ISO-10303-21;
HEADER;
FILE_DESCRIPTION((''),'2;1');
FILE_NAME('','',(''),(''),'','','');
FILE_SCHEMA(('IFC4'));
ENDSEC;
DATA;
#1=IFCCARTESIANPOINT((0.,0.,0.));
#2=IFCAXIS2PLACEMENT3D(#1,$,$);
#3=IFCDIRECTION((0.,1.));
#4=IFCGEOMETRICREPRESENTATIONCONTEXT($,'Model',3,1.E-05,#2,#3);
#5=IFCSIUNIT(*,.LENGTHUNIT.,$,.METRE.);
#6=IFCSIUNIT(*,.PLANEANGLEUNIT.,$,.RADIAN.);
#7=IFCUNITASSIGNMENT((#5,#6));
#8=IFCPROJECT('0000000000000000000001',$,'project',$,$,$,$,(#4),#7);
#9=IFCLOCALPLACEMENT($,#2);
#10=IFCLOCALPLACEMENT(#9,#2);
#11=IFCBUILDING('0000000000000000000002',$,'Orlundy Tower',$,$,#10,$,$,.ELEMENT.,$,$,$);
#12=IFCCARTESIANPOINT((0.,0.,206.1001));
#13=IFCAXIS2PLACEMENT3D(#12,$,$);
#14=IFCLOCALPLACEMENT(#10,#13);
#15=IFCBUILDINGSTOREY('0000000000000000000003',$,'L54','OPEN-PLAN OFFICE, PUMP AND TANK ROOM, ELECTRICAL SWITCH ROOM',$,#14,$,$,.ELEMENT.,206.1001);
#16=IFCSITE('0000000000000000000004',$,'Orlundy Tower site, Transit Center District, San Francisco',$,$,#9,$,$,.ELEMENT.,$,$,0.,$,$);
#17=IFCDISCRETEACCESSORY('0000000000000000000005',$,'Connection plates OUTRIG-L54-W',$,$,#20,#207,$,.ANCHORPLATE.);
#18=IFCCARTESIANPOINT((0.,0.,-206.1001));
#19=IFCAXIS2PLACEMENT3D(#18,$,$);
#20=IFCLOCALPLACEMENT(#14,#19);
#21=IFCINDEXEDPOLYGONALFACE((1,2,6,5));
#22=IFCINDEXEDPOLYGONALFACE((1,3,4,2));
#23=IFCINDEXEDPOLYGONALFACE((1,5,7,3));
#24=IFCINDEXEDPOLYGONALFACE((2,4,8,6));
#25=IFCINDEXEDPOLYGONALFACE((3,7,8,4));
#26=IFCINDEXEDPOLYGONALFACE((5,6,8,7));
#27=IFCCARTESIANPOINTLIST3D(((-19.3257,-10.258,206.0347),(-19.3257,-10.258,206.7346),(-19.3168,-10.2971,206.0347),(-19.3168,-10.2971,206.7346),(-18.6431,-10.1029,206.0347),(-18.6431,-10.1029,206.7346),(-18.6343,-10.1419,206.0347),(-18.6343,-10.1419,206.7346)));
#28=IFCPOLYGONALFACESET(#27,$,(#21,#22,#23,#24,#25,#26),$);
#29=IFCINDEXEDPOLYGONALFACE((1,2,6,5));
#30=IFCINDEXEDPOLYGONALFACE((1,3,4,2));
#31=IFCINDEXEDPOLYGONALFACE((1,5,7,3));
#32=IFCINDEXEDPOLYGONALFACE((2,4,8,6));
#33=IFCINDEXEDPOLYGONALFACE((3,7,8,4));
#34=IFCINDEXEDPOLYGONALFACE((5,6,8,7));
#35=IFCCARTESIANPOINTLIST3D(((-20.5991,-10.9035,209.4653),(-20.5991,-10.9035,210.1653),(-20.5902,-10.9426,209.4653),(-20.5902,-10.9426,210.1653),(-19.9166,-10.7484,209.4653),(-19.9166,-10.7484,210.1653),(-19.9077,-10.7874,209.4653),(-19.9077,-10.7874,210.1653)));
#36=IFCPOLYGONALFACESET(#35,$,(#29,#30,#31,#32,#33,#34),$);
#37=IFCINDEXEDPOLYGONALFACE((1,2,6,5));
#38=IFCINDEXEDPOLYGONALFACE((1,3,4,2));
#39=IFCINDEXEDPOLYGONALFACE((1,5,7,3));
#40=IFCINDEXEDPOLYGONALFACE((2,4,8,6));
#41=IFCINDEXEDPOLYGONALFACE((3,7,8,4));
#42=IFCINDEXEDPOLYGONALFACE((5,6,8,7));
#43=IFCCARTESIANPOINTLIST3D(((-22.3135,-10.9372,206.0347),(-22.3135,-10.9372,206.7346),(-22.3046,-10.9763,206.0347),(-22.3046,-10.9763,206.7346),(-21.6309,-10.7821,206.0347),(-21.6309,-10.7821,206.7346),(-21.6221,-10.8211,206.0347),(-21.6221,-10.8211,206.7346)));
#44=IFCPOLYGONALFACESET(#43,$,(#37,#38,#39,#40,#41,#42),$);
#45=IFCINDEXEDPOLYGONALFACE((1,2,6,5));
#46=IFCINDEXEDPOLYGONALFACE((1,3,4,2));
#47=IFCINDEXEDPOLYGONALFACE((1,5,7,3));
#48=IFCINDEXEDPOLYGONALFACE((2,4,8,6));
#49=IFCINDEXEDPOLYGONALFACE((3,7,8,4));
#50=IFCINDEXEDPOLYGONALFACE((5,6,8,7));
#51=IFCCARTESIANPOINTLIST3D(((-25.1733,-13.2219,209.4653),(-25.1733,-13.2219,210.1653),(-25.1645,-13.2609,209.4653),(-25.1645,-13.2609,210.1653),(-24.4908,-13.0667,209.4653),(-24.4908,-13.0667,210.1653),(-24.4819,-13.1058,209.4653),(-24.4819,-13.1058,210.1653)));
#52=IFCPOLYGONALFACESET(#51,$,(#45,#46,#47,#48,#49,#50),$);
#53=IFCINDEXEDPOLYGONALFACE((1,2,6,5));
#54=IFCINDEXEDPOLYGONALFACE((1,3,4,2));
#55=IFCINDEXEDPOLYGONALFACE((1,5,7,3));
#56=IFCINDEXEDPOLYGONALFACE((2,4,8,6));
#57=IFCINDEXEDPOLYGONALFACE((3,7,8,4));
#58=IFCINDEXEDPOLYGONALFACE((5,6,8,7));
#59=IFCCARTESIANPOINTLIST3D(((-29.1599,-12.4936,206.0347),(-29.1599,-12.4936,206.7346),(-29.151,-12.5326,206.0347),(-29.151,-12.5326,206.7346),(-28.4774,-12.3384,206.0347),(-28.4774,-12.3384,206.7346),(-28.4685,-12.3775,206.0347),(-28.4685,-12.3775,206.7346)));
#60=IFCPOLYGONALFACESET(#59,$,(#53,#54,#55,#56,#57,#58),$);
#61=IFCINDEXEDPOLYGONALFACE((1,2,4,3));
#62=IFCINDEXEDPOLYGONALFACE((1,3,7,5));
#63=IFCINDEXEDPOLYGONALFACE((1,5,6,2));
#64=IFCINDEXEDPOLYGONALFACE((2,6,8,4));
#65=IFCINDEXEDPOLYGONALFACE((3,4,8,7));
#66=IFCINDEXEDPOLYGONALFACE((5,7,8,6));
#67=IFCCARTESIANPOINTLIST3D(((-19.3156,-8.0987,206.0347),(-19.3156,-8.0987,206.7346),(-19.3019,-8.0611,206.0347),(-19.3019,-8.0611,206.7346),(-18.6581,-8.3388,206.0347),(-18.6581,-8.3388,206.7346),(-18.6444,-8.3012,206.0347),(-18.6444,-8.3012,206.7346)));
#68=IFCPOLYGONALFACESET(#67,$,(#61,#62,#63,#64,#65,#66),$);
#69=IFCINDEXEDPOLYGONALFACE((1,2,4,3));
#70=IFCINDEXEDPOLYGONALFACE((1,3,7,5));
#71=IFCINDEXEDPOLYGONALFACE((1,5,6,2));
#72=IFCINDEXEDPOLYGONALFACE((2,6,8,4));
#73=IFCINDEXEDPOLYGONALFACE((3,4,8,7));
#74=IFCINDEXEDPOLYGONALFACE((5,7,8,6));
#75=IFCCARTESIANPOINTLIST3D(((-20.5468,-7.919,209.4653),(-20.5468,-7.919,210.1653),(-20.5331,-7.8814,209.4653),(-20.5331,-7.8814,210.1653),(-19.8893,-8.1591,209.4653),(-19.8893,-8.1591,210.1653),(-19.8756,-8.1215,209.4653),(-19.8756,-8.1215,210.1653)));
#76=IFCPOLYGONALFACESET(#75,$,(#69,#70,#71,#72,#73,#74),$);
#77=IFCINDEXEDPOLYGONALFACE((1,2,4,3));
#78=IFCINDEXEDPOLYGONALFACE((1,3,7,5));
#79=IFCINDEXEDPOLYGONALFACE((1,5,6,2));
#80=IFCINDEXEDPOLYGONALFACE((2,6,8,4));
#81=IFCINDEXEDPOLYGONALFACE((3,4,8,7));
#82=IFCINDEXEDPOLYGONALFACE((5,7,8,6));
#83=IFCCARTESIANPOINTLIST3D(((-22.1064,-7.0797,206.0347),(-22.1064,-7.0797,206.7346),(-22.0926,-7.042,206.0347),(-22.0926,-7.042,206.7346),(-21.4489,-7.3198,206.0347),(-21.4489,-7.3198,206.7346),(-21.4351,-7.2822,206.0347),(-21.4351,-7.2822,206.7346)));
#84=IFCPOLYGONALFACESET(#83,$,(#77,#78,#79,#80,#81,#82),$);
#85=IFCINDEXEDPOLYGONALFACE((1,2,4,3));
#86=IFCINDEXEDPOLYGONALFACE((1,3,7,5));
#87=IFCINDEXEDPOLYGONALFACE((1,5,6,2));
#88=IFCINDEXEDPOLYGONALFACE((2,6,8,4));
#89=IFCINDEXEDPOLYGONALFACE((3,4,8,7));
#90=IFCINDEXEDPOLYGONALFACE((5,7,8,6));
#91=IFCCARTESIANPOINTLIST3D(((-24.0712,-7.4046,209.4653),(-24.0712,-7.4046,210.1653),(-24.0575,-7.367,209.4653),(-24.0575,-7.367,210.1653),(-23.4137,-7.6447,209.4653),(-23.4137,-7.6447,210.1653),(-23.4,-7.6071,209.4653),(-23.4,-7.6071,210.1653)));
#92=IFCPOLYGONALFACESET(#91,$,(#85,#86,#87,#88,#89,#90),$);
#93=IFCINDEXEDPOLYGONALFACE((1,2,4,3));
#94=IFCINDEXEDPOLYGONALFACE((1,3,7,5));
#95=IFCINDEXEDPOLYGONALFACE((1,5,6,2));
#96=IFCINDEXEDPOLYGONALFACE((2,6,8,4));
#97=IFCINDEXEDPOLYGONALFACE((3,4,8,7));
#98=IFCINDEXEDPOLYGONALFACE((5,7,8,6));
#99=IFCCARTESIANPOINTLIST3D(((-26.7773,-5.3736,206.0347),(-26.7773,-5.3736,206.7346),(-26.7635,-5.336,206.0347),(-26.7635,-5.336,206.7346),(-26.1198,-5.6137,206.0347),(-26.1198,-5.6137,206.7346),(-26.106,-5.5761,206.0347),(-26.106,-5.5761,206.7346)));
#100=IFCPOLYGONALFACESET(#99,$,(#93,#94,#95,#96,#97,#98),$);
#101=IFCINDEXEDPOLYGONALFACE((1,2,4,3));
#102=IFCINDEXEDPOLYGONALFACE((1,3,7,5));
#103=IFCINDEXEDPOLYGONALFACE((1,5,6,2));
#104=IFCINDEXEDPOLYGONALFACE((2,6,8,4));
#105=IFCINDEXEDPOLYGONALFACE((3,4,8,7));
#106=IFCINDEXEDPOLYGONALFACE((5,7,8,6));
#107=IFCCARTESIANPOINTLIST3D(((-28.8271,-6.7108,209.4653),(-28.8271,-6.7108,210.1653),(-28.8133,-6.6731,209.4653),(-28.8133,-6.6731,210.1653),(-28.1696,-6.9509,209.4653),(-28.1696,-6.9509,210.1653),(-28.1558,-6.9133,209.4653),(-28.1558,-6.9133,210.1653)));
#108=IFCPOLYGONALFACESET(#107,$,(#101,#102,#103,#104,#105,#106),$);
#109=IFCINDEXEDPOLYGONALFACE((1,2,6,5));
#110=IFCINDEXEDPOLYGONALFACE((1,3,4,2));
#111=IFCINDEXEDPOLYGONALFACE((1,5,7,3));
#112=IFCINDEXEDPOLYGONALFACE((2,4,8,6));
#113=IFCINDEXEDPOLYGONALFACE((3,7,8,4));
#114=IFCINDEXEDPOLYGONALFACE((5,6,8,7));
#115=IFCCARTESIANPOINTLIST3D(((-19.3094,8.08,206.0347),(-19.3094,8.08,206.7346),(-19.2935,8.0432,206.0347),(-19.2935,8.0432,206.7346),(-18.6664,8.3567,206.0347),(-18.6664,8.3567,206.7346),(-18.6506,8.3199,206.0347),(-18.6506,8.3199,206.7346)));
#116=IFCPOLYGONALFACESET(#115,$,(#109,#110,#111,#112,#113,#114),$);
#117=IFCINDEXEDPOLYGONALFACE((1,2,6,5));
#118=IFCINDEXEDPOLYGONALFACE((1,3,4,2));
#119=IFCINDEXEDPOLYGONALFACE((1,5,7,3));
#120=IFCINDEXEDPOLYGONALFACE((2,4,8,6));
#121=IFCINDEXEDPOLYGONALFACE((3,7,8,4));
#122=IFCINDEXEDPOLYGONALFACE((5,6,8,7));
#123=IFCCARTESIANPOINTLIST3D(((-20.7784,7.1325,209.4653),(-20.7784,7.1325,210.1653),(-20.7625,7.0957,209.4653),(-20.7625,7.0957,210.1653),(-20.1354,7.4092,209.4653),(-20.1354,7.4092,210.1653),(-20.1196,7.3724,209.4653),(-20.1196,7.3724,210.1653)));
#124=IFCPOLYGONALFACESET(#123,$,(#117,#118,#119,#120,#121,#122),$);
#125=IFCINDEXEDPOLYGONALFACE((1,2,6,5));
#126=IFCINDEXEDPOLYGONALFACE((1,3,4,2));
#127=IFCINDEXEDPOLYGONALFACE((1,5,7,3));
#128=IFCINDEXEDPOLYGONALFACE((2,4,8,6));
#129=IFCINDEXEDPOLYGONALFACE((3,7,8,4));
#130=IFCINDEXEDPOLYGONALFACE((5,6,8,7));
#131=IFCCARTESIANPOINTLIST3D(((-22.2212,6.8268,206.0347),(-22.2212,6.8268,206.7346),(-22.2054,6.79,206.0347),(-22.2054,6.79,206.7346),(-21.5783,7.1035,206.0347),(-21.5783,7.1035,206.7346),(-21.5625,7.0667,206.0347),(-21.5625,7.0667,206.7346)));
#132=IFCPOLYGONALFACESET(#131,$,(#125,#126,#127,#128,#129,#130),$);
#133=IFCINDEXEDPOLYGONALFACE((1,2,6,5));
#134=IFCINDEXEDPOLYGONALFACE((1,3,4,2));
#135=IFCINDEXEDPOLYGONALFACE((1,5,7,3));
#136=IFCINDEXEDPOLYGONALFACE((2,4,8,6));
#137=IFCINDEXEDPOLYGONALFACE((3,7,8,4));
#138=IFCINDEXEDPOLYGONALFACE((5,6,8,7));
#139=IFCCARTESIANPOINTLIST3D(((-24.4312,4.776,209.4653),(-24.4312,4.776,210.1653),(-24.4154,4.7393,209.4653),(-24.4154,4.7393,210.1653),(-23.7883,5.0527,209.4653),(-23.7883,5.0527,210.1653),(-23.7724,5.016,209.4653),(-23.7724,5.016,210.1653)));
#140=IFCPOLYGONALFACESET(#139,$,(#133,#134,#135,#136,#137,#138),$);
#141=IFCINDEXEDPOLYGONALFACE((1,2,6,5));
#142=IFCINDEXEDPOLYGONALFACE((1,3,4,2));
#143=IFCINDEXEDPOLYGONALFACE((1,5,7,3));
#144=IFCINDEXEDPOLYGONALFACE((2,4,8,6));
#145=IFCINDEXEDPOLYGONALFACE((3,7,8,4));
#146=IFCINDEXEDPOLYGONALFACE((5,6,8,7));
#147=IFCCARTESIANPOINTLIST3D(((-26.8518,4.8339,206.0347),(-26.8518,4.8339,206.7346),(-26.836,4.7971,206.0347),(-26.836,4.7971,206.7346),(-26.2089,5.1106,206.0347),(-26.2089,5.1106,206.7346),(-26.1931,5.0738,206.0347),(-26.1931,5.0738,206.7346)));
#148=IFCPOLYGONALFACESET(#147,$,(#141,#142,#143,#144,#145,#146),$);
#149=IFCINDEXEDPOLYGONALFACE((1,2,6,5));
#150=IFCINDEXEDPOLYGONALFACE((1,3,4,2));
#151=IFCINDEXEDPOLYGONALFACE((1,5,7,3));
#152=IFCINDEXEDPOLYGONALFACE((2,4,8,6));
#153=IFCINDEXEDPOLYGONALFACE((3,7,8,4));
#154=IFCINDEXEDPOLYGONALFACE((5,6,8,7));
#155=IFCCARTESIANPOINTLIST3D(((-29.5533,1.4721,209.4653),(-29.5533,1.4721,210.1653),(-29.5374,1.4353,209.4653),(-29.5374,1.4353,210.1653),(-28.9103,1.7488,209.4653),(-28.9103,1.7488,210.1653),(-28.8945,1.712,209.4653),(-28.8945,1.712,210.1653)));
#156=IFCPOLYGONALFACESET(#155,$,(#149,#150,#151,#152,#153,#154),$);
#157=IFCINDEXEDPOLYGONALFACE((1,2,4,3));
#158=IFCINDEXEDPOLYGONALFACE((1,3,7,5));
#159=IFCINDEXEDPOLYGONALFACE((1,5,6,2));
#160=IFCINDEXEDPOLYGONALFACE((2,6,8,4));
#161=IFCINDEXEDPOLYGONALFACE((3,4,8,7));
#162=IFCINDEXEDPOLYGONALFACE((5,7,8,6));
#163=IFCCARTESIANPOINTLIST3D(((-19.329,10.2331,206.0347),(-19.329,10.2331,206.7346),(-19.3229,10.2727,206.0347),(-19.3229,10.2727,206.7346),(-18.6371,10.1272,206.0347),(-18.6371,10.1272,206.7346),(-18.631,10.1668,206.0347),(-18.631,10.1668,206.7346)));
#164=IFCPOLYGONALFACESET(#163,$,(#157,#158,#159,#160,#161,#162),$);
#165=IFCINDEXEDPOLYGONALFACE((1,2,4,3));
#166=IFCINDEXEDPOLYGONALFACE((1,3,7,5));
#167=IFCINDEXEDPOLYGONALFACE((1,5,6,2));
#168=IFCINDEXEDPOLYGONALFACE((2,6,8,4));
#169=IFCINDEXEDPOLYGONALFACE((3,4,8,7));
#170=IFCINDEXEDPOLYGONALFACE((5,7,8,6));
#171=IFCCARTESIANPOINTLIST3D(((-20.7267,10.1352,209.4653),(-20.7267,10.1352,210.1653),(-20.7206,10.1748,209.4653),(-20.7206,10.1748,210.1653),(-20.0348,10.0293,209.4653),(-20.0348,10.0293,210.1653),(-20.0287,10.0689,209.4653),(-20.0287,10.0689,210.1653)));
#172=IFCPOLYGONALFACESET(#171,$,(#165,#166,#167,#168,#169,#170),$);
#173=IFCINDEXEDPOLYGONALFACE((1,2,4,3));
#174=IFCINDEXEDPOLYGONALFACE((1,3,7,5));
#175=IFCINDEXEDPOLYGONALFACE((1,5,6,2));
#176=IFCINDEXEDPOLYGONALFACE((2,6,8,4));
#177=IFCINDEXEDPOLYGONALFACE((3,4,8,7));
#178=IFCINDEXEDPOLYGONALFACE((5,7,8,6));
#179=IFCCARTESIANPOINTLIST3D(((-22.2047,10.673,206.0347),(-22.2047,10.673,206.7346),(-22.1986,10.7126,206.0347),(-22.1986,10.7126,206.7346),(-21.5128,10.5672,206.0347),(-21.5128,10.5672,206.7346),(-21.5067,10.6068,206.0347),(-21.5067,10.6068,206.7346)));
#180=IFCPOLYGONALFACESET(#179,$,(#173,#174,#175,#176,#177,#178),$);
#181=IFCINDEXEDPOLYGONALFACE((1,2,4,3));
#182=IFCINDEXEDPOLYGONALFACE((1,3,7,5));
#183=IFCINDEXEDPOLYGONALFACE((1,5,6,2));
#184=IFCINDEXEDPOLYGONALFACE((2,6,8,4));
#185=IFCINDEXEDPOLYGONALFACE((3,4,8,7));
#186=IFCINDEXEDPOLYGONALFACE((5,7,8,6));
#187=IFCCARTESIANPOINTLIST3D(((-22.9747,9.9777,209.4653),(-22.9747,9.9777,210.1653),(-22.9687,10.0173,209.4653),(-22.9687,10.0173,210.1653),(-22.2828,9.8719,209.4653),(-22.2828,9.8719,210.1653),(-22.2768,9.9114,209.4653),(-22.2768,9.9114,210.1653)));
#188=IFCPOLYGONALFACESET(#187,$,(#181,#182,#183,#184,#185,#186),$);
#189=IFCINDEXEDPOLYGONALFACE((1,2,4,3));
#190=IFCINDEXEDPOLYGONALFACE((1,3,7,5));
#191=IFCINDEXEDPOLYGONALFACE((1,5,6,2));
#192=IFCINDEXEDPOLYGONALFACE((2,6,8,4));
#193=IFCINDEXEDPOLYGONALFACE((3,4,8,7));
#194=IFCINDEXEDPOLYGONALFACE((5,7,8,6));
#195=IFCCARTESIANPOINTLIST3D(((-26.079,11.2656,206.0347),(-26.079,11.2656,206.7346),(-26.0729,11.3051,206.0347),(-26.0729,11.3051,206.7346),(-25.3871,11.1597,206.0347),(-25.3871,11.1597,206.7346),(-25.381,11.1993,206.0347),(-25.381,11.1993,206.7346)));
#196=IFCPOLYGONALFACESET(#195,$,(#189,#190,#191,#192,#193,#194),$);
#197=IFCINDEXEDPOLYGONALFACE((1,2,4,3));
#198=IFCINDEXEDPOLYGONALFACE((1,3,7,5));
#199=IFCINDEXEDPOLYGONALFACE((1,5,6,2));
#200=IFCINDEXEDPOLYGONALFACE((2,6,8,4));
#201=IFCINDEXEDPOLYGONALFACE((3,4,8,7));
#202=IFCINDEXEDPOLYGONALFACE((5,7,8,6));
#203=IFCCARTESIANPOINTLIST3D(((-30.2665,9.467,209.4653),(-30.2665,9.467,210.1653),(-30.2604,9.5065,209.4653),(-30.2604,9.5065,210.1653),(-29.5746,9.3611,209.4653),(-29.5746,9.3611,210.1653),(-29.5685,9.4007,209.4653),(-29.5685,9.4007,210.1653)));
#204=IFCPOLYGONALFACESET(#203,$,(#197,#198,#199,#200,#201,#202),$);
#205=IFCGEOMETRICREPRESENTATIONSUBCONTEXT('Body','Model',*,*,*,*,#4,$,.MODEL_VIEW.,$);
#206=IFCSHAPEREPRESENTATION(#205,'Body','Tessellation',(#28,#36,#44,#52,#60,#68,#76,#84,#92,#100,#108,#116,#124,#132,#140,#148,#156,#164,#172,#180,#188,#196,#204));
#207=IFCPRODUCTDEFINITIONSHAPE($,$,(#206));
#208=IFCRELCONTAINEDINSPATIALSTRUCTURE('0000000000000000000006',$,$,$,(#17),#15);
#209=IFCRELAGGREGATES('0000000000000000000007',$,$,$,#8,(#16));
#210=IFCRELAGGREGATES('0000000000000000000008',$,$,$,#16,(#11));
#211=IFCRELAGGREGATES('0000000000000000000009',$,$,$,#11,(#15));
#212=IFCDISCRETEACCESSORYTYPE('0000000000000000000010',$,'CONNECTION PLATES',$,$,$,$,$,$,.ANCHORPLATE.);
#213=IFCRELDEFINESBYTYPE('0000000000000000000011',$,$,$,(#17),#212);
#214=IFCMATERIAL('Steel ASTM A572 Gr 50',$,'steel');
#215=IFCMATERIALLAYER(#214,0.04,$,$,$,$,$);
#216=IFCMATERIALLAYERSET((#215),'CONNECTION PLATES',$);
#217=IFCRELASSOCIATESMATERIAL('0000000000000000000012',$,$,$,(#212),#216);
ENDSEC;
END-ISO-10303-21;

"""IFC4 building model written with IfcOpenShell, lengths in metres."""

from ifc_helpers import new_model, si_unit, direction, frame, origin, origin_2d, place, context, subcontext, project, spatial, rectangle, extrude, material, layer, layer_set, type_object, element, save


model = new_model("IFC4")

# Units and contexts
model_context = context("Model", 3, precision=1e-05, world=origin(), true_north=direction((0.0, 1.0)))
body_context = subcontext(model_context, "Body", "Model", "MODEL_VIEW")
ifc_project = project(units=[si_unit("LENGTHUNIT", "METRE"), si_unit("PLANEANGLEUNIT", "RADIAN")], contexts=[model_context])

# Site, building, storey
site_placement = place(None, origin())
site = spatial("IfcSite", under=ifc_project, at=site_placement, Name="Orlundy Tower site, Transit Center District, San Francisco", CompositionType="ELEMENT", RefElevation=0.0)
building_placement = place(site_placement, origin())
building = spatial("IfcBuilding", under=site, at=building_placement, Name="Orlundy Tower", CompositionType="ELEMENT")
storey_placement = place(building_placement, frame((0.0, 0.0, 206.1001)))
storey = spatial("IfcBuildingStorey", under=building, at=storey_placement, Name="L54", Description="OPEN-PLAN OFFICE, PUMP AND TANK ROOM, ELECTRICAL SWITCH ROOM", CompositionType="ELEMENT", Elevation=206.1001)

# Discrete accessory
ifc_material_1 = material(Name="Steel ASTM A572 Gr 50", Category="steel")
ifc_layer_1 = layer(ifc_material_1, 0.04)
ifc_layer_set_1 = layer_set([ifc_layer_1], Name="CONNECTION PLATES")
discrete_accessory_type = type_object("IfcDiscreteAccessoryType", Name="CONNECTION PLATES", PredefinedType="ANCHORPLATE", material=ifc_layer_set_1)
discrete_accessory_1_placement = place(storey_placement, frame((0.0, 0.0, -206.1001)))
element("IfcDiscreteAccessory", 1, at=discrete_accessory_1_placement, inside=storey, type_object=discrete_accessory_type, Name="Connection plates OUTRIG-L54-W", PredefinedType="ANCHORPLATE", context=body_context, shape_type="SweptSolid", body=[
    extrude(rectangle(XDim=0.7, YDim=0.04, at=origin_2d()), frame((-18.98, -10.2, 206.0347), z_axis=(0.0, 0.0, 1.0), x_axis=(-0.975122, -0.221668, 0.0)), (0.0, 0.0, 1.0), 0.7),
    extrude(rectangle(XDim=0.7, YDim=0.04, at=origin_2d()), frame((-20.2534, -10.8455, 209.4653), z_axis=(0.0, 0.0, 1.0), x_axis=(-0.975122, -0.221668, 0.0)), (0.0, 0.0, 1.0), 0.7),
    extrude(rectangle(XDim=0.7, YDim=0.04, at=origin_2d()), frame((-21.9678, -10.8792, 206.0347), z_axis=(0.0, 0.0, 1.0), x_axis=(-0.975122, -0.221668, 0.0)), (0.0, 0.0, 1.0), 0.7),
    extrude(rectangle(XDim=0.7, YDim=0.04, at=origin_2d()), frame((-24.8276, -13.1638, 209.4653), z_axis=(0.0, 0.0, 1.0), x_axis=(-0.975122, -0.221668, 0.0)), (0.0, 0.0, 1.0), 0.7),
    extrude(rectangle(XDim=0.7, YDim=0.04, at=origin_2d()), frame((-28.8142, -12.4355, 206.0347), z_axis=(0.0, 0.0, 1.0), x_axis=(-0.975122, -0.221668, 0.0)), (0.0, 0.0, 1.0), 0.7),
    extrude(rectangle(XDim=0.7, YDim=0.04, at=origin_2d()), frame((-18.98, -8.2, 206.0347), z_axis=(0.0, 0.0, 1.0), x_axis=(-0.939316, 0.343053, 0.0)), (0.0, 0.0, 1.0), 0.7),
    extrude(rectangle(XDim=0.7, YDim=0.04, at=origin_2d()), frame((-20.2112, -8.0203, 209.4653), z_axis=(0.0, 0.0, 1.0), x_axis=(-0.939316, 0.343053, 0.0)), (0.0, 0.0, 1.0), 0.7),
    extrude(rectangle(XDim=0.7, YDim=0.04, at=origin_2d()), frame((-21.7708, -7.1809, 206.0347), z_axis=(0.0, 0.0, 1.0), x_axis=(-0.939316, 0.343053, 0.0)), (0.0, 0.0, 1.0), 0.7),
    extrude(rectangle(XDim=0.7, YDim=0.04, at=origin_2d()), frame((-23.7356, -7.5059, 209.4653), z_axis=(0.0, 0.0, 1.0), x_axis=(-0.939316, 0.343053, 0.0)), (0.0, 0.0, 1.0), 0.7),
    extrude(rectangle(XDim=0.7, YDim=0.04, at=origin_2d()), frame((-26.4417, -5.4749, 206.0347), z_axis=(0.0, 0.0, 1.0), x_axis=(-0.939316, 0.343053, 0.0)), (0.0, 0.0, 1.0), 0.7),
    extrude(rectangle(XDim=0.7, YDim=0.04, at=origin_2d()), frame((-28.4915, -6.812, 209.4653), z_axis=(0.0, 0.0, 1.0), x_axis=(-0.939316, 0.343053, 0.0)), (0.0, 0.0, 1.0), 0.7),
    extrude(rectangle(XDim=0.7, YDim=0.04, at=origin_2d()), frame((-18.98, 8.2, 206.0347), z_axis=(0.0, 0.0, 1.0), x_axis=(-0.918543, -0.395321, 0.0)), (0.0, 0.0, 1.0), 0.7),
    extrude(rectangle(XDim=0.7, YDim=0.04, at=origin_2d()), frame((-20.449, 7.2524, 209.4653), z_axis=(0.0, 0.0, 1.0), x_axis=(-0.918543, -0.395321, 0.0)), (0.0, 0.0, 1.0), 0.7),
    extrude(rectangle(XDim=0.7, YDim=0.04, at=origin_2d()), frame((-21.8918, 6.9468, 206.0347), z_axis=(0.0, 0.0, 1.0), x_axis=(-0.918543, -0.395321, 0.0)), (0.0, 0.0, 1.0), 0.7),
    extrude(rectangle(XDim=0.7, YDim=0.04, at=origin_2d()), frame((-24.1018, 4.896, 209.4653), z_axis=(0.0, 0.0, 1.0), x_axis=(-0.918543, -0.395321, 0.0)), (0.0, 0.0, 1.0), 0.7),
    extrude(rectangle(XDim=0.7, YDim=0.04, at=origin_2d()), frame((-26.5225, 4.9539, 206.0347), z_axis=(0.0, 0.0, 1.0), x_axis=(-0.918543, -0.395321, 0.0)), (0.0, 0.0, 1.0), 0.7),
    extrude(rectangle(XDim=0.7, YDim=0.04, at=origin_2d()), frame((-29.2239, 1.592, 209.4653), z_axis=(0.0, 0.0, 1.0), x_axis=(-0.918543, -0.395321, 0.0)), (0.0, 0.0, 1.0), 0.7),
    extrude(rectangle(XDim=0.7, YDim=0.04, at=origin_2d()), frame((-18.98, 10.2, 206.0347), z_axis=(0.0, 0.0, 1.0), x_axis=(-0.988502, 0.151209, 0.0)), (0.0, 0.0, 1.0), 0.7),
    extrude(rectangle(XDim=0.7, YDim=0.04, at=origin_2d()), frame((-20.3777, 10.1021, 209.4653), z_axis=(0.0, 0.0, 1.0), x_axis=(-0.988502, 0.151209, 0.0)), (0.0, 0.0, 1.0), 0.7),
    extrude(rectangle(XDim=0.7, YDim=0.04, at=origin_2d()), frame((-21.8557, 10.6399, 206.0347), z_axis=(0.0, 0.0, 1.0), x_axis=(-0.988502, 0.151209, 0.0)), (0.0, 0.0, 1.0), 0.7),
    extrude(rectangle(XDim=0.7, YDim=0.04, at=origin_2d()), frame((-22.6257, 9.9446, 209.4653), z_axis=(0.0, 0.0, 1.0), x_axis=(-0.988502, 0.151209, 0.0)), (0.0, 0.0, 1.0), 0.7),
    extrude(rectangle(XDim=0.7, YDim=0.04, at=origin_2d()), frame((-25.73, 11.2324, 206.0347), z_axis=(0.0, 0.0, 1.0), x_axis=(-0.988502, 0.151209, 0.0)), (0.0, 0.0, 1.0), 0.7),
    extrude(rectangle(XDim=0.7, YDim=0.04, at=origin_2d()), frame((-29.9175, 9.4338, 209.4653), z_axis=(0.0, 0.0, 1.0), x_axis=(-0.988502, 0.151209, 0.0)), (0.0, 0.0, 1.0), 0.7),
])

save(model, "model.ifc")
